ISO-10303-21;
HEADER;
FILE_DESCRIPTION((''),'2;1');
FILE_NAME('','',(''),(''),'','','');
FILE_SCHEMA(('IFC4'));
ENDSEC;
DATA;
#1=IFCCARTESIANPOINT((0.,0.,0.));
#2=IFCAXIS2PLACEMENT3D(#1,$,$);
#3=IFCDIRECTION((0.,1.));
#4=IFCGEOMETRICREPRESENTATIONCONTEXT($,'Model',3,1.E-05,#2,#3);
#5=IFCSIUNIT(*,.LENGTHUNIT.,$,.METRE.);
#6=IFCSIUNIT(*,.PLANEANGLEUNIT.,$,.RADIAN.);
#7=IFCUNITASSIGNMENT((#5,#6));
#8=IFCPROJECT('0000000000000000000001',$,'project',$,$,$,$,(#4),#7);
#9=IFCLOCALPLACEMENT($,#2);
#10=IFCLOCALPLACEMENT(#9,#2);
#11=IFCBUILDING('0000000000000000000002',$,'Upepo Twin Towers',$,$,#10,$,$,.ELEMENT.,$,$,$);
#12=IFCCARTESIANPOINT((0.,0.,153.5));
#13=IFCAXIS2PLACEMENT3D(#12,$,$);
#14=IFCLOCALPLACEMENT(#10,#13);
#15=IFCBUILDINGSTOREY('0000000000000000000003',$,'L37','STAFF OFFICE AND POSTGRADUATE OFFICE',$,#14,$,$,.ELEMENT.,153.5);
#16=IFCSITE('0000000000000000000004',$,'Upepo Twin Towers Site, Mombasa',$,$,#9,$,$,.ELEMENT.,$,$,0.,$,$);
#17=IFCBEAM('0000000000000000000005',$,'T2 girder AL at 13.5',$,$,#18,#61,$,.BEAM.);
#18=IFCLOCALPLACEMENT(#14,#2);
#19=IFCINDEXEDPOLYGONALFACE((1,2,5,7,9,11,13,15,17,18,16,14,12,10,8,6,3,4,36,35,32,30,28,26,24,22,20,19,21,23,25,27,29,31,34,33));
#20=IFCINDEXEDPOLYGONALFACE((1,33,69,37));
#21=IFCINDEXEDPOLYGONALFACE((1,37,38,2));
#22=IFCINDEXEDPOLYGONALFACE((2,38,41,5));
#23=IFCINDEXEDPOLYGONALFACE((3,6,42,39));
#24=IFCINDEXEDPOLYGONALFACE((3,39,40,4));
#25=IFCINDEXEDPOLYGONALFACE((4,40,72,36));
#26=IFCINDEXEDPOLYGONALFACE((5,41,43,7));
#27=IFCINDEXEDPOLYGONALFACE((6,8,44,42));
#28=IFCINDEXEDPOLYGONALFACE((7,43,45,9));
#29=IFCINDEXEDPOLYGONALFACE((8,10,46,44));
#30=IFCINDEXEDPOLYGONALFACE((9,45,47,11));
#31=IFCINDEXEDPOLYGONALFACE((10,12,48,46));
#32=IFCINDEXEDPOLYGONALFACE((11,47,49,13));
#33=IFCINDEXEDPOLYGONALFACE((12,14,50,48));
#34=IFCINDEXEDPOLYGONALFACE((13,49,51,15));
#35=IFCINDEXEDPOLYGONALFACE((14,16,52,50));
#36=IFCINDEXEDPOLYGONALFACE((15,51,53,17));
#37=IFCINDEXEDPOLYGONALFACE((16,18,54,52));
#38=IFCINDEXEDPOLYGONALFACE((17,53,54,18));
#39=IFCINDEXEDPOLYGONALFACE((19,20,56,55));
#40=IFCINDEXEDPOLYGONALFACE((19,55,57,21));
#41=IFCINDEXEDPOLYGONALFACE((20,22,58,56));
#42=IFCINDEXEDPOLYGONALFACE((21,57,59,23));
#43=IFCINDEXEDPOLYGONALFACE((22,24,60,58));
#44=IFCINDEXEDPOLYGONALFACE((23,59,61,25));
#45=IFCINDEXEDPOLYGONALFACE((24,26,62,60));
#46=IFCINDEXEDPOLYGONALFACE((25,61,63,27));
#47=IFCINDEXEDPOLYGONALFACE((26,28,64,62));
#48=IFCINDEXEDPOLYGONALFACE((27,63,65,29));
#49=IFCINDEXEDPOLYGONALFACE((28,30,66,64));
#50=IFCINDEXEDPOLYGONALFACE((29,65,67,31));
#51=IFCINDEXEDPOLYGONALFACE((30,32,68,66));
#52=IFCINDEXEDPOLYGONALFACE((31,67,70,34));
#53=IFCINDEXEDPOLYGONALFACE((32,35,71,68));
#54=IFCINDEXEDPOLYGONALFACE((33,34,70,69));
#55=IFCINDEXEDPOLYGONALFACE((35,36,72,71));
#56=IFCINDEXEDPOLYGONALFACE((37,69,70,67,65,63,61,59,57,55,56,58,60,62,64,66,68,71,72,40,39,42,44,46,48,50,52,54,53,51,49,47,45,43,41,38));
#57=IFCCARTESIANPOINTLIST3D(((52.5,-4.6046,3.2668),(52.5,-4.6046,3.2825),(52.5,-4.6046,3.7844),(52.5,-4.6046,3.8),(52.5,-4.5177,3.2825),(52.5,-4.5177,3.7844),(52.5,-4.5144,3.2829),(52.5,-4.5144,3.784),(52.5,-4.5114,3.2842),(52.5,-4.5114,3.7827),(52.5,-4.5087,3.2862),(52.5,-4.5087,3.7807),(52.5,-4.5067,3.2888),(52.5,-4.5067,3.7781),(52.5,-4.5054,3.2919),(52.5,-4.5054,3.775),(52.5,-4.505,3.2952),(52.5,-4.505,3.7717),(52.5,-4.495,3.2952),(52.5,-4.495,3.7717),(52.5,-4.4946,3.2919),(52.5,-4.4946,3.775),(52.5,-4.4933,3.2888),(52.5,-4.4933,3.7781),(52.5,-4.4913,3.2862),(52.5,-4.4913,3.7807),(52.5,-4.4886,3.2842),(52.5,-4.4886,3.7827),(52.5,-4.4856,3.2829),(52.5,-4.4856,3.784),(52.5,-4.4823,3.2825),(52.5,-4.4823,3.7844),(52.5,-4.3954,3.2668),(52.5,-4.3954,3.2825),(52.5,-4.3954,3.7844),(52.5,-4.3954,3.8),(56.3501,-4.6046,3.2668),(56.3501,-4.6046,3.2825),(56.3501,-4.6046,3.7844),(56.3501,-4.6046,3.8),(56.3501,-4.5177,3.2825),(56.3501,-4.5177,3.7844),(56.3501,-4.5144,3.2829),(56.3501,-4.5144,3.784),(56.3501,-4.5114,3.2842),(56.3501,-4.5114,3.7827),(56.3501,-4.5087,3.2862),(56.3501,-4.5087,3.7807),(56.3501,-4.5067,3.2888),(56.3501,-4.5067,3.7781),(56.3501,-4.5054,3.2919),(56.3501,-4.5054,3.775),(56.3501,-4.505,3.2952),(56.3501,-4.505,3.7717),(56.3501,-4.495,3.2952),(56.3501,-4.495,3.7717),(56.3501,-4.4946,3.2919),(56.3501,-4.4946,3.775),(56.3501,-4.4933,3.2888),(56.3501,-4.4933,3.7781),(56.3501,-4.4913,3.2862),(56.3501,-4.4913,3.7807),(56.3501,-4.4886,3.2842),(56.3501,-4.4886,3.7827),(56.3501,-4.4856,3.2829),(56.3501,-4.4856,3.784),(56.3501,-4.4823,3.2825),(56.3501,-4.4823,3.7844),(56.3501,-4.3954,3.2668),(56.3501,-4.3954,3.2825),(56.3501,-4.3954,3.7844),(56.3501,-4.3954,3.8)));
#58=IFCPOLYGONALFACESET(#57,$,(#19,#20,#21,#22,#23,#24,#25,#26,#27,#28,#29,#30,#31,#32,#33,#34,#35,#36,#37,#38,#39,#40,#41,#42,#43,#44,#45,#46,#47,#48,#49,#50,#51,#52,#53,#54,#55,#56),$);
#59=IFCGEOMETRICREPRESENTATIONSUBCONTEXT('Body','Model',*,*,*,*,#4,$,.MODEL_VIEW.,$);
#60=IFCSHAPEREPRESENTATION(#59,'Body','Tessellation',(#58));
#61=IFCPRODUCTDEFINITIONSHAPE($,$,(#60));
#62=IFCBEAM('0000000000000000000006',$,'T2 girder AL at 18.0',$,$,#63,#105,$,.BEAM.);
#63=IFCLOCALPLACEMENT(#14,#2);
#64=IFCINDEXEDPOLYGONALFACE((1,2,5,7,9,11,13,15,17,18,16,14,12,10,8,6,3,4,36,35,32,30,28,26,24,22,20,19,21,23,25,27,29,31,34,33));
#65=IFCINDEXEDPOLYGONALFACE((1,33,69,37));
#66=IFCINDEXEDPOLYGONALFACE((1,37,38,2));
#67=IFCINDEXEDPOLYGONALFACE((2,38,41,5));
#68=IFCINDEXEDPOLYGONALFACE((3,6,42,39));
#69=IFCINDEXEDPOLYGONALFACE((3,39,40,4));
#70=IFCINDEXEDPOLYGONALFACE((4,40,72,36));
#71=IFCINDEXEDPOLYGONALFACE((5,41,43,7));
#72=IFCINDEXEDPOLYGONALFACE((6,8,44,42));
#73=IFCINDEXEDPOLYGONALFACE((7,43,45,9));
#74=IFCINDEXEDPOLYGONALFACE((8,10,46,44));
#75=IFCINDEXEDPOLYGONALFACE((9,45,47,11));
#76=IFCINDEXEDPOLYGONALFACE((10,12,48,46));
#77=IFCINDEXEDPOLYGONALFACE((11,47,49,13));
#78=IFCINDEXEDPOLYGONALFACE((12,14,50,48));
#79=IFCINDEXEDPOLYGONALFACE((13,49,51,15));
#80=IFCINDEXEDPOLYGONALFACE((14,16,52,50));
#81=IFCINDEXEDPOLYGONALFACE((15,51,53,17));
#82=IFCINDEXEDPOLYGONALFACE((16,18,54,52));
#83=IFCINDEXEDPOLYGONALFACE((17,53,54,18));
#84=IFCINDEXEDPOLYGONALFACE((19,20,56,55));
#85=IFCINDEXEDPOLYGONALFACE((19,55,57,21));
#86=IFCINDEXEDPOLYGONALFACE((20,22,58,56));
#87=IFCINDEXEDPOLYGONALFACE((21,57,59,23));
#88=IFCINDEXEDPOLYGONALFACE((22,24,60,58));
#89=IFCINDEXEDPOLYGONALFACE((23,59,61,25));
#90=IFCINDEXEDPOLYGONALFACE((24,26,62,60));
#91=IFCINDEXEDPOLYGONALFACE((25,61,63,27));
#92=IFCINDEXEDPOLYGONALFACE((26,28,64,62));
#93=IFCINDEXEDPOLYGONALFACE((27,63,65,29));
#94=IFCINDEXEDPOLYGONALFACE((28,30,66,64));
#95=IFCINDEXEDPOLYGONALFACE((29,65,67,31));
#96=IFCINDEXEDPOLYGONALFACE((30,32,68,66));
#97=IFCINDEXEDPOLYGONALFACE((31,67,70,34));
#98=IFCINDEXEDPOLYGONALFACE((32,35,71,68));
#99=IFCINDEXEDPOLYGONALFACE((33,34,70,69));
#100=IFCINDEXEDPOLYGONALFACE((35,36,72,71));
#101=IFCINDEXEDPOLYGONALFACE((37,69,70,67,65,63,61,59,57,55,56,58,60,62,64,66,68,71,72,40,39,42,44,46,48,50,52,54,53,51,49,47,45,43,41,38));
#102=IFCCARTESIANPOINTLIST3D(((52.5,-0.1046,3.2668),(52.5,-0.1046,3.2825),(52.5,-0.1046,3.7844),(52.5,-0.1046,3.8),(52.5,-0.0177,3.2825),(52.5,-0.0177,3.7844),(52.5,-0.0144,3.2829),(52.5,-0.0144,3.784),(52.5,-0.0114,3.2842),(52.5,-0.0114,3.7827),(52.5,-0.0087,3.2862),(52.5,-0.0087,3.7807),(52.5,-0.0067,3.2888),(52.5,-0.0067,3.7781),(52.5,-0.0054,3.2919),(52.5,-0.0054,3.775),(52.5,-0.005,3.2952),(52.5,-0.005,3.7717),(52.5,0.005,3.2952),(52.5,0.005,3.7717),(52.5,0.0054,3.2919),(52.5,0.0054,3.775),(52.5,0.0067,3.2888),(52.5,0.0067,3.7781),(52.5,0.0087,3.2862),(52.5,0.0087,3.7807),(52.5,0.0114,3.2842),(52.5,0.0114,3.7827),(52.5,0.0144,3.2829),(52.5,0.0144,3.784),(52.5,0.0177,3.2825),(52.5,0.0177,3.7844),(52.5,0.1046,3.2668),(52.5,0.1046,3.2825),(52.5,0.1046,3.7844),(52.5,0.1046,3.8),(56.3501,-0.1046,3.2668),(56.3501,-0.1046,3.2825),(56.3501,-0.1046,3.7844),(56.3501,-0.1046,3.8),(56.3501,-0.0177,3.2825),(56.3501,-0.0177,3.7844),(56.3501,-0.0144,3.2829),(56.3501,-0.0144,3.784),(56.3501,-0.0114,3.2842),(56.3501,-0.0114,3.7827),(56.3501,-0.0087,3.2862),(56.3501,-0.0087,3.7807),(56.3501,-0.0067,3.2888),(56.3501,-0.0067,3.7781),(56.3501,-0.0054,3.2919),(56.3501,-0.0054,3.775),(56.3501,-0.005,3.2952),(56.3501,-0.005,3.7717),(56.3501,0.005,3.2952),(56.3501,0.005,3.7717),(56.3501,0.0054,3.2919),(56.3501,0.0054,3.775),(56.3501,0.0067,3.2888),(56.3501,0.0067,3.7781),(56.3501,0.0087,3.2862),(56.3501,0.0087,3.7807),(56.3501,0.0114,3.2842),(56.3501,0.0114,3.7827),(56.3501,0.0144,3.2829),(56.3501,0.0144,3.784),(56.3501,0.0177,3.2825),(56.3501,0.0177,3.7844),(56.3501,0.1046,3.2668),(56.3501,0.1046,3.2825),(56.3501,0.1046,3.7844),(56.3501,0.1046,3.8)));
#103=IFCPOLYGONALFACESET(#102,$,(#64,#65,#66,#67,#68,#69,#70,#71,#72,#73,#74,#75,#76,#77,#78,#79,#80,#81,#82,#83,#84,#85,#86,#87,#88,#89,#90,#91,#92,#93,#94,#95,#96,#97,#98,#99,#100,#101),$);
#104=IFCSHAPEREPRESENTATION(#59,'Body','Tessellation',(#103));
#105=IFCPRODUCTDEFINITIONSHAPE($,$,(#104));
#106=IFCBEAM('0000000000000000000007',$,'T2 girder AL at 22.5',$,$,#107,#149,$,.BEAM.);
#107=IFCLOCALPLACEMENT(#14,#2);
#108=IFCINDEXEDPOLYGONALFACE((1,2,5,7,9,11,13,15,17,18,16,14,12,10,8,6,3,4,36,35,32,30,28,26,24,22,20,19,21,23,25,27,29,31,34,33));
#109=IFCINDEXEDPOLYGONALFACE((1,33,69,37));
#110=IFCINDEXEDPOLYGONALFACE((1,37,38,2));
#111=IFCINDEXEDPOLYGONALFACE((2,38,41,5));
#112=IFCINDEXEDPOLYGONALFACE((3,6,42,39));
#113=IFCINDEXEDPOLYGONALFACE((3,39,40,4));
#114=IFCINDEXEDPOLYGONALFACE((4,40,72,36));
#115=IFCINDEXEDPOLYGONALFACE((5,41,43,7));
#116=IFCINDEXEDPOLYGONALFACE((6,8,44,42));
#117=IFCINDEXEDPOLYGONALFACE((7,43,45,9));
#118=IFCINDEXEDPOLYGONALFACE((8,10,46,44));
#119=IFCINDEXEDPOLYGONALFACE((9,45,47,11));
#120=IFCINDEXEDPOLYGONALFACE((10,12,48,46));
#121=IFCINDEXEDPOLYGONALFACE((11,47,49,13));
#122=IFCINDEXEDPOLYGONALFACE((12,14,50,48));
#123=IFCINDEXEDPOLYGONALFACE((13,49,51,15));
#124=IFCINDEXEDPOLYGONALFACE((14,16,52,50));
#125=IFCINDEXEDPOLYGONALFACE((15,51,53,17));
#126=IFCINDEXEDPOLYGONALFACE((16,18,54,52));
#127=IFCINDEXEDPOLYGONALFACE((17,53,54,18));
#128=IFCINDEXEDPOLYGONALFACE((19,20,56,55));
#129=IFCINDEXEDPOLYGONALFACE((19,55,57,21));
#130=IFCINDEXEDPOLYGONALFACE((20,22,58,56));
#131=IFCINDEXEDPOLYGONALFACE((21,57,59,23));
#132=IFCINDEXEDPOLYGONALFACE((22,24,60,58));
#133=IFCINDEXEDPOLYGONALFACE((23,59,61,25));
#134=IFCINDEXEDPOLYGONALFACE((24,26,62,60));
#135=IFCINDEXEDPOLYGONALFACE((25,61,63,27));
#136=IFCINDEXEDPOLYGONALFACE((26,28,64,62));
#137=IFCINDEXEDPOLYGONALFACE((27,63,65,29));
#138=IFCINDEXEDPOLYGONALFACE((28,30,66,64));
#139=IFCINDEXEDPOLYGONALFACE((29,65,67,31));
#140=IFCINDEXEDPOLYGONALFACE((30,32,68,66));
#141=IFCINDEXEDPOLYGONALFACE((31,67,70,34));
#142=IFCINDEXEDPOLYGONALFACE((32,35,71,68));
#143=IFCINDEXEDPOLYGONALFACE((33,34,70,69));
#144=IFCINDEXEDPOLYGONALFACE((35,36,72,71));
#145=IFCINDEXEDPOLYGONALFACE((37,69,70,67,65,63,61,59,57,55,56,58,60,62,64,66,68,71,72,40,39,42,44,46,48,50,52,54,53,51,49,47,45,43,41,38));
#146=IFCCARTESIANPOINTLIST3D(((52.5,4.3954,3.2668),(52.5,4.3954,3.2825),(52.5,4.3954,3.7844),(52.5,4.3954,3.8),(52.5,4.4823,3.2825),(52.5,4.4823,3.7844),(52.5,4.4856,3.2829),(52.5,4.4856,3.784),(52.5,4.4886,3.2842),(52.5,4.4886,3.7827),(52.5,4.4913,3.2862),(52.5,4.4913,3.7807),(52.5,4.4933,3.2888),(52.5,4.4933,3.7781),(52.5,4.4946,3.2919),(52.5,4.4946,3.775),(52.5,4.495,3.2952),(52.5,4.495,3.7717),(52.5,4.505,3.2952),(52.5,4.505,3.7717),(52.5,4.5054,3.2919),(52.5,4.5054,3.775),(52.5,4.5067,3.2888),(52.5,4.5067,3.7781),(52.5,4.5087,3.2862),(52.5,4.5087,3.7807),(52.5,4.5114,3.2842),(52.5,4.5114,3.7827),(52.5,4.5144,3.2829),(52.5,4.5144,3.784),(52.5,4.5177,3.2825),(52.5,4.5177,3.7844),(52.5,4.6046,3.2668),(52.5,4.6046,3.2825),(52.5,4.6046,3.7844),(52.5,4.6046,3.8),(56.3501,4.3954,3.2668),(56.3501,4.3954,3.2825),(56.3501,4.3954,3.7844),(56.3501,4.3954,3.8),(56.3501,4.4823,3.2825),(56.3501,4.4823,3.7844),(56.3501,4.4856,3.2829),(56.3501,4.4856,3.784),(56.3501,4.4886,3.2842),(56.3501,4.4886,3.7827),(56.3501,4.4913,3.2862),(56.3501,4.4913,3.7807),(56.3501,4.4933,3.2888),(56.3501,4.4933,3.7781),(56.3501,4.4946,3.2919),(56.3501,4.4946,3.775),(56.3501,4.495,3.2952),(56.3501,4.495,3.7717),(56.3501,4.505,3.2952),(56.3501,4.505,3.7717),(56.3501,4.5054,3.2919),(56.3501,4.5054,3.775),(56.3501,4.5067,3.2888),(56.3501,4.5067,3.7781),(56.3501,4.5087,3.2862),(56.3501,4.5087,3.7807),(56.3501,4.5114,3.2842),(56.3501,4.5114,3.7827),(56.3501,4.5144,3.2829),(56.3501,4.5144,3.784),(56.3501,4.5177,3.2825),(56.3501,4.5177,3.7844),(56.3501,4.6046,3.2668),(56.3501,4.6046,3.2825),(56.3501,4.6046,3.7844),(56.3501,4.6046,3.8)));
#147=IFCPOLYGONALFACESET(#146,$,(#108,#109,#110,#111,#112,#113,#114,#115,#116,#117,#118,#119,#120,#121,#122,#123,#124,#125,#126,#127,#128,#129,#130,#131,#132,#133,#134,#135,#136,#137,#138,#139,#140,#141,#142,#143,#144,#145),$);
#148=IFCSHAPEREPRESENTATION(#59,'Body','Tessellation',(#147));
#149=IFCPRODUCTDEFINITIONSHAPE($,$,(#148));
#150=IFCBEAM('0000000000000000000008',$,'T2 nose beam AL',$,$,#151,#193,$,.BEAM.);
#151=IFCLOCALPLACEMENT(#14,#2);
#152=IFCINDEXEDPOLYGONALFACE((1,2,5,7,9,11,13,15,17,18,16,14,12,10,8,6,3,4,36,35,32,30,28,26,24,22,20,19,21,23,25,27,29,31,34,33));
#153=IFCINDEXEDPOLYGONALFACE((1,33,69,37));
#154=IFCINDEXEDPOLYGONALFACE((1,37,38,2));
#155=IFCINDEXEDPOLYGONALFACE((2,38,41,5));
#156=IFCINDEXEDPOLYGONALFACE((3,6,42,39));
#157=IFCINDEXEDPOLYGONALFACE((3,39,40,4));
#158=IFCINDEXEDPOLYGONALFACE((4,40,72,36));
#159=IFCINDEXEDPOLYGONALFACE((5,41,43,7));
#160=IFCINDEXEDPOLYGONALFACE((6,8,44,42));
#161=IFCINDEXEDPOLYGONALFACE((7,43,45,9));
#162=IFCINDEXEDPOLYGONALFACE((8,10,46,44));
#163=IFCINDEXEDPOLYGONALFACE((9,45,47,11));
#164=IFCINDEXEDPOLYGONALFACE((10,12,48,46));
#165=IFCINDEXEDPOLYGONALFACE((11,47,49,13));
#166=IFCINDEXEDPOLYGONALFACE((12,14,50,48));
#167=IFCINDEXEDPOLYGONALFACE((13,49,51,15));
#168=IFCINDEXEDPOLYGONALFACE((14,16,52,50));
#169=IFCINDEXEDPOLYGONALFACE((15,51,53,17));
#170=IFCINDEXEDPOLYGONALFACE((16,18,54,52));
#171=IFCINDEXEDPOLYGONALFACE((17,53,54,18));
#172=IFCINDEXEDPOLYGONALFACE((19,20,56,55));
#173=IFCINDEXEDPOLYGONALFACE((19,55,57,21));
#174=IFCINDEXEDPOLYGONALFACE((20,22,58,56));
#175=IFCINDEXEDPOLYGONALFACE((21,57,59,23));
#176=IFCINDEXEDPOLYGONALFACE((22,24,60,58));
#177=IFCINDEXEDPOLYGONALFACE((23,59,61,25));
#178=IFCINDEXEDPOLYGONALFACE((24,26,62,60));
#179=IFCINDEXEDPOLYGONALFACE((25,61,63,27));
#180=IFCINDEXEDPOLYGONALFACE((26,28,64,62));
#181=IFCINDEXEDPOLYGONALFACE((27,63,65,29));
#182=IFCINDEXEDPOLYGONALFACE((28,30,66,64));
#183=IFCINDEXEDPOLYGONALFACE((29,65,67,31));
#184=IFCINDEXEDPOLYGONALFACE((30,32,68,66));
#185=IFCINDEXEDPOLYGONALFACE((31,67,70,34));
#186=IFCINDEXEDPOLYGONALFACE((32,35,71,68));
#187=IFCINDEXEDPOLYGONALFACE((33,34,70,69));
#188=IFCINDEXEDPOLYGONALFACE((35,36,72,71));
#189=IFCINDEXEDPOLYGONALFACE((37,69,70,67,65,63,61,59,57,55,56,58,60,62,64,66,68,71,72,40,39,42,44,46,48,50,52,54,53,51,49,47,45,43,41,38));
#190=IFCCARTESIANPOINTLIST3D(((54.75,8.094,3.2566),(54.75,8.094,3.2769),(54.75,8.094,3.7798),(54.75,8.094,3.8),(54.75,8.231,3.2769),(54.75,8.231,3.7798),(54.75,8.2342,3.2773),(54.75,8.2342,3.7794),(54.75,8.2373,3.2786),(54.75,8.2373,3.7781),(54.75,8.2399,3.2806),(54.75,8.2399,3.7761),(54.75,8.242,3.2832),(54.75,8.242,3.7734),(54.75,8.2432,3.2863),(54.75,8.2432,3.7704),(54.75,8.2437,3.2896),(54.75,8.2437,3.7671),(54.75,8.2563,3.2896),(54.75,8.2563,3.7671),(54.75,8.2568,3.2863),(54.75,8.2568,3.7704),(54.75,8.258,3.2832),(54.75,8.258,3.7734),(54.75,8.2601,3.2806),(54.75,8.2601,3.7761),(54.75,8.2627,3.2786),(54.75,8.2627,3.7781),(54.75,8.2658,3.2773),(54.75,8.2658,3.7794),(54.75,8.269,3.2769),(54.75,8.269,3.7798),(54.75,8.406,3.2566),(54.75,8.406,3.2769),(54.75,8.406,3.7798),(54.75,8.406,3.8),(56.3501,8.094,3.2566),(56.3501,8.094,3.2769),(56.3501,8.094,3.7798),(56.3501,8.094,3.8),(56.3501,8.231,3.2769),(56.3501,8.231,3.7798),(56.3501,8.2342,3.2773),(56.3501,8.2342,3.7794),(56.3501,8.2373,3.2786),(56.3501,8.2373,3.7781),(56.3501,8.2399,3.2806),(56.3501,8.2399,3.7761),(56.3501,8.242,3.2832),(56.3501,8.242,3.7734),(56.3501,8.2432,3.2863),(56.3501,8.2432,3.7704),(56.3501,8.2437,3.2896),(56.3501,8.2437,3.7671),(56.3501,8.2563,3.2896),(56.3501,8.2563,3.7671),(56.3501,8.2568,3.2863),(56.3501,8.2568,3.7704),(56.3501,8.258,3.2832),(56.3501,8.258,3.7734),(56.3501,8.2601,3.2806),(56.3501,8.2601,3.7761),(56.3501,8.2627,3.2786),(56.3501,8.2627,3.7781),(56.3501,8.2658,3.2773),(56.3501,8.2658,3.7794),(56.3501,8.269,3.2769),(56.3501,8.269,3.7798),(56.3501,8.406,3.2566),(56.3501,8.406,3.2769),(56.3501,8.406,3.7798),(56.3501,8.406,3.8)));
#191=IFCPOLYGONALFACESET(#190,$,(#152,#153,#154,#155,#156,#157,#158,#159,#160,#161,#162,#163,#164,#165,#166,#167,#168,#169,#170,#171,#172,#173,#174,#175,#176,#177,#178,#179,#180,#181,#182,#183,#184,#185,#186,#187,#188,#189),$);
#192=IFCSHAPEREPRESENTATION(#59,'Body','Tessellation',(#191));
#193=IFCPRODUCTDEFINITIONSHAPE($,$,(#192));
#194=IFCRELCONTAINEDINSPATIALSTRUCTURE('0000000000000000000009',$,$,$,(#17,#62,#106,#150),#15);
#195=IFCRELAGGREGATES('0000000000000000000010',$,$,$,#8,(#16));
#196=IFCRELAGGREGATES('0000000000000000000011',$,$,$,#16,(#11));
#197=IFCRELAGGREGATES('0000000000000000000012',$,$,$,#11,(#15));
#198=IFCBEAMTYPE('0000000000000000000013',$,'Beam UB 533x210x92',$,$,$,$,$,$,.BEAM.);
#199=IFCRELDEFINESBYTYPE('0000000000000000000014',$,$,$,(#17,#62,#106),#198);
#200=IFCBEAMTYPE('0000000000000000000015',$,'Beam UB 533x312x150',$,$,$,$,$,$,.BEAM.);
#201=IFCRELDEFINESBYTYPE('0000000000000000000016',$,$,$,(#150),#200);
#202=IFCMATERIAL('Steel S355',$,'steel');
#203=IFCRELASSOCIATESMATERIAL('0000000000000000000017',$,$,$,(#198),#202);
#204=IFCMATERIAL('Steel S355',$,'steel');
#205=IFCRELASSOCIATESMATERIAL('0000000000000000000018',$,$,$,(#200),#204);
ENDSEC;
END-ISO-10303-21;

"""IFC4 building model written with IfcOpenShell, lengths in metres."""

from ifc_helpers import new_model, si_unit, direction, frame, origin, origin_2d, place, context, subcontext, project, spatial, i_section, extrude, material, material_profile, profile_set, type_object, element, save


model = new_model("IFC4")

# Units and contexts
model_context = context("Model", 3, precision=1e-05, world=origin(), true_north=direction((0.0, 1.0)))
body_context = subcontext(model_context, "Body", "Model", "MODEL_VIEW")
ifc_project = project(units=[si_unit("LENGTHUNIT", "METRE"), si_unit("PLANEANGLEUNIT", "RADIAN")], contexts=[model_context])

# Site, building, storey
site_placement = place(None, origin())
site = spatial("IfcSite", under=ifc_project, at=site_placement, Name="Upepo Twin Towers Site, Mombasa", CompositionType="ELEMENT", RefElevation=0.0)
building_placement = place(site_placement, origin())
building = spatial("IfcBuilding", under=site, at=building_placement, Name="Upepo Twin Towers", CompositionType="ELEMENT")
storey_placement = place(building_placement, frame((0.0, 0.0, 153.5)))
storey = spatial("IfcBuildingStorey", under=building, at=storey_placement, Name="L37", Description="STAFF OFFICE AND POSTGRADUATE OFFICE", CompositionType="ELEMENT", Elevation=153.5)

# Beams
ifc_material_1 = material(Name="Steel S355", Category="steel")
ifc_material_profile_1 = material_profile(ifc_material_1, i_section(OverallWidth=0.2092, OverallDepth=0.5332, WebThickness=0.01, FlangeThickness=0.0156, FilletRadius=0.0127, at=origin_2d()), Name="UB 533x210x92")
ifc_profile_set_1 = profile_set([ifc_material_profile_1], Name="Steel S355")
beam_type_1 = type_object("IfcBeamType", Name="Beam UB 533x210x92", PredefinedType="BEAM", material=ifc_profile_set_1)
for number, where, z_axis, x_axis, name in (
    (1, (52.5, -4.5, 3.5334), (1.0, 0.0, 0.0), (0.0, 1.0, 0.0), "T2 girder AL at 13.5"),
    (2, (52.5, 0.0, 3.5334), (1.0, 0.0, 0.0), (0.0, 1.0, 0.0), "T2 girder AL at 18.0"),
    (3, (52.5, 4.5, 3.5334), (1.0, 0.0, 0.0), (0.0, 1.0, 0.0), "T2 girder AL at 22.5"),
):
    element("IfcBeam", number, at=place(storey_placement, frame(where, z_axis=z_axis, x_axis=x_axis)), inside=storey, type_object=beam_type_1, Name=name, PredefinedType="BEAM", context=body_context, shape_type="SweptSolid", body=[
        extrude(i_section(OverallWidth=0.2092, OverallDepth=0.5332, WebThickness=0.01, FlangeThickness=0.0156, FilletRadius=0.0127, at=origin_2d()), origin(), (0.0, 0.0, 1.0), 3.8501),
    ])
ifc_material_2 = material(Name="Steel S355", Category="steel")
ifc_material_profile_2 = material_profile(ifc_material_2, i_section(OverallWidth=0.312, OverallDepth=0.5435, WebThickness=0.0127, FlangeThickness=0.0203, FilletRadius=0.0127, at=origin_2d()), Name="UB 533x312x150")
ifc_profile_set_2 = profile_set([ifc_material_profile_2], Name="Steel S355")
beam_type_2 = type_object("IfcBeamType", Name="Beam UB 533x312x150", PredefinedType="BEAM", material=ifc_profile_set_2)
beam_1_placement = place(storey_placement, frame((54.75, 8.25, 3.5283), z_axis=(1.0, 0.0, 0.0), x_axis=(0.0, 1.0, 0.0)))
element("IfcBeam", 4, at=beam_1_placement, inside=storey, type_object=beam_type_2, Name="T2 nose beam AL", PredefinedType="BEAM", context=body_context, shape_type="SweptSolid", body=[
    extrude(i_section(OverallWidth=0.312, OverallDepth=0.5435, WebThickness=0.0127, FlangeThickness=0.0203, FilletRadius=0.0127, at=origin_2d()), origin(), (0.0, 0.0, 1.0), 1.6001),
])

save(model, "model.ifc")
